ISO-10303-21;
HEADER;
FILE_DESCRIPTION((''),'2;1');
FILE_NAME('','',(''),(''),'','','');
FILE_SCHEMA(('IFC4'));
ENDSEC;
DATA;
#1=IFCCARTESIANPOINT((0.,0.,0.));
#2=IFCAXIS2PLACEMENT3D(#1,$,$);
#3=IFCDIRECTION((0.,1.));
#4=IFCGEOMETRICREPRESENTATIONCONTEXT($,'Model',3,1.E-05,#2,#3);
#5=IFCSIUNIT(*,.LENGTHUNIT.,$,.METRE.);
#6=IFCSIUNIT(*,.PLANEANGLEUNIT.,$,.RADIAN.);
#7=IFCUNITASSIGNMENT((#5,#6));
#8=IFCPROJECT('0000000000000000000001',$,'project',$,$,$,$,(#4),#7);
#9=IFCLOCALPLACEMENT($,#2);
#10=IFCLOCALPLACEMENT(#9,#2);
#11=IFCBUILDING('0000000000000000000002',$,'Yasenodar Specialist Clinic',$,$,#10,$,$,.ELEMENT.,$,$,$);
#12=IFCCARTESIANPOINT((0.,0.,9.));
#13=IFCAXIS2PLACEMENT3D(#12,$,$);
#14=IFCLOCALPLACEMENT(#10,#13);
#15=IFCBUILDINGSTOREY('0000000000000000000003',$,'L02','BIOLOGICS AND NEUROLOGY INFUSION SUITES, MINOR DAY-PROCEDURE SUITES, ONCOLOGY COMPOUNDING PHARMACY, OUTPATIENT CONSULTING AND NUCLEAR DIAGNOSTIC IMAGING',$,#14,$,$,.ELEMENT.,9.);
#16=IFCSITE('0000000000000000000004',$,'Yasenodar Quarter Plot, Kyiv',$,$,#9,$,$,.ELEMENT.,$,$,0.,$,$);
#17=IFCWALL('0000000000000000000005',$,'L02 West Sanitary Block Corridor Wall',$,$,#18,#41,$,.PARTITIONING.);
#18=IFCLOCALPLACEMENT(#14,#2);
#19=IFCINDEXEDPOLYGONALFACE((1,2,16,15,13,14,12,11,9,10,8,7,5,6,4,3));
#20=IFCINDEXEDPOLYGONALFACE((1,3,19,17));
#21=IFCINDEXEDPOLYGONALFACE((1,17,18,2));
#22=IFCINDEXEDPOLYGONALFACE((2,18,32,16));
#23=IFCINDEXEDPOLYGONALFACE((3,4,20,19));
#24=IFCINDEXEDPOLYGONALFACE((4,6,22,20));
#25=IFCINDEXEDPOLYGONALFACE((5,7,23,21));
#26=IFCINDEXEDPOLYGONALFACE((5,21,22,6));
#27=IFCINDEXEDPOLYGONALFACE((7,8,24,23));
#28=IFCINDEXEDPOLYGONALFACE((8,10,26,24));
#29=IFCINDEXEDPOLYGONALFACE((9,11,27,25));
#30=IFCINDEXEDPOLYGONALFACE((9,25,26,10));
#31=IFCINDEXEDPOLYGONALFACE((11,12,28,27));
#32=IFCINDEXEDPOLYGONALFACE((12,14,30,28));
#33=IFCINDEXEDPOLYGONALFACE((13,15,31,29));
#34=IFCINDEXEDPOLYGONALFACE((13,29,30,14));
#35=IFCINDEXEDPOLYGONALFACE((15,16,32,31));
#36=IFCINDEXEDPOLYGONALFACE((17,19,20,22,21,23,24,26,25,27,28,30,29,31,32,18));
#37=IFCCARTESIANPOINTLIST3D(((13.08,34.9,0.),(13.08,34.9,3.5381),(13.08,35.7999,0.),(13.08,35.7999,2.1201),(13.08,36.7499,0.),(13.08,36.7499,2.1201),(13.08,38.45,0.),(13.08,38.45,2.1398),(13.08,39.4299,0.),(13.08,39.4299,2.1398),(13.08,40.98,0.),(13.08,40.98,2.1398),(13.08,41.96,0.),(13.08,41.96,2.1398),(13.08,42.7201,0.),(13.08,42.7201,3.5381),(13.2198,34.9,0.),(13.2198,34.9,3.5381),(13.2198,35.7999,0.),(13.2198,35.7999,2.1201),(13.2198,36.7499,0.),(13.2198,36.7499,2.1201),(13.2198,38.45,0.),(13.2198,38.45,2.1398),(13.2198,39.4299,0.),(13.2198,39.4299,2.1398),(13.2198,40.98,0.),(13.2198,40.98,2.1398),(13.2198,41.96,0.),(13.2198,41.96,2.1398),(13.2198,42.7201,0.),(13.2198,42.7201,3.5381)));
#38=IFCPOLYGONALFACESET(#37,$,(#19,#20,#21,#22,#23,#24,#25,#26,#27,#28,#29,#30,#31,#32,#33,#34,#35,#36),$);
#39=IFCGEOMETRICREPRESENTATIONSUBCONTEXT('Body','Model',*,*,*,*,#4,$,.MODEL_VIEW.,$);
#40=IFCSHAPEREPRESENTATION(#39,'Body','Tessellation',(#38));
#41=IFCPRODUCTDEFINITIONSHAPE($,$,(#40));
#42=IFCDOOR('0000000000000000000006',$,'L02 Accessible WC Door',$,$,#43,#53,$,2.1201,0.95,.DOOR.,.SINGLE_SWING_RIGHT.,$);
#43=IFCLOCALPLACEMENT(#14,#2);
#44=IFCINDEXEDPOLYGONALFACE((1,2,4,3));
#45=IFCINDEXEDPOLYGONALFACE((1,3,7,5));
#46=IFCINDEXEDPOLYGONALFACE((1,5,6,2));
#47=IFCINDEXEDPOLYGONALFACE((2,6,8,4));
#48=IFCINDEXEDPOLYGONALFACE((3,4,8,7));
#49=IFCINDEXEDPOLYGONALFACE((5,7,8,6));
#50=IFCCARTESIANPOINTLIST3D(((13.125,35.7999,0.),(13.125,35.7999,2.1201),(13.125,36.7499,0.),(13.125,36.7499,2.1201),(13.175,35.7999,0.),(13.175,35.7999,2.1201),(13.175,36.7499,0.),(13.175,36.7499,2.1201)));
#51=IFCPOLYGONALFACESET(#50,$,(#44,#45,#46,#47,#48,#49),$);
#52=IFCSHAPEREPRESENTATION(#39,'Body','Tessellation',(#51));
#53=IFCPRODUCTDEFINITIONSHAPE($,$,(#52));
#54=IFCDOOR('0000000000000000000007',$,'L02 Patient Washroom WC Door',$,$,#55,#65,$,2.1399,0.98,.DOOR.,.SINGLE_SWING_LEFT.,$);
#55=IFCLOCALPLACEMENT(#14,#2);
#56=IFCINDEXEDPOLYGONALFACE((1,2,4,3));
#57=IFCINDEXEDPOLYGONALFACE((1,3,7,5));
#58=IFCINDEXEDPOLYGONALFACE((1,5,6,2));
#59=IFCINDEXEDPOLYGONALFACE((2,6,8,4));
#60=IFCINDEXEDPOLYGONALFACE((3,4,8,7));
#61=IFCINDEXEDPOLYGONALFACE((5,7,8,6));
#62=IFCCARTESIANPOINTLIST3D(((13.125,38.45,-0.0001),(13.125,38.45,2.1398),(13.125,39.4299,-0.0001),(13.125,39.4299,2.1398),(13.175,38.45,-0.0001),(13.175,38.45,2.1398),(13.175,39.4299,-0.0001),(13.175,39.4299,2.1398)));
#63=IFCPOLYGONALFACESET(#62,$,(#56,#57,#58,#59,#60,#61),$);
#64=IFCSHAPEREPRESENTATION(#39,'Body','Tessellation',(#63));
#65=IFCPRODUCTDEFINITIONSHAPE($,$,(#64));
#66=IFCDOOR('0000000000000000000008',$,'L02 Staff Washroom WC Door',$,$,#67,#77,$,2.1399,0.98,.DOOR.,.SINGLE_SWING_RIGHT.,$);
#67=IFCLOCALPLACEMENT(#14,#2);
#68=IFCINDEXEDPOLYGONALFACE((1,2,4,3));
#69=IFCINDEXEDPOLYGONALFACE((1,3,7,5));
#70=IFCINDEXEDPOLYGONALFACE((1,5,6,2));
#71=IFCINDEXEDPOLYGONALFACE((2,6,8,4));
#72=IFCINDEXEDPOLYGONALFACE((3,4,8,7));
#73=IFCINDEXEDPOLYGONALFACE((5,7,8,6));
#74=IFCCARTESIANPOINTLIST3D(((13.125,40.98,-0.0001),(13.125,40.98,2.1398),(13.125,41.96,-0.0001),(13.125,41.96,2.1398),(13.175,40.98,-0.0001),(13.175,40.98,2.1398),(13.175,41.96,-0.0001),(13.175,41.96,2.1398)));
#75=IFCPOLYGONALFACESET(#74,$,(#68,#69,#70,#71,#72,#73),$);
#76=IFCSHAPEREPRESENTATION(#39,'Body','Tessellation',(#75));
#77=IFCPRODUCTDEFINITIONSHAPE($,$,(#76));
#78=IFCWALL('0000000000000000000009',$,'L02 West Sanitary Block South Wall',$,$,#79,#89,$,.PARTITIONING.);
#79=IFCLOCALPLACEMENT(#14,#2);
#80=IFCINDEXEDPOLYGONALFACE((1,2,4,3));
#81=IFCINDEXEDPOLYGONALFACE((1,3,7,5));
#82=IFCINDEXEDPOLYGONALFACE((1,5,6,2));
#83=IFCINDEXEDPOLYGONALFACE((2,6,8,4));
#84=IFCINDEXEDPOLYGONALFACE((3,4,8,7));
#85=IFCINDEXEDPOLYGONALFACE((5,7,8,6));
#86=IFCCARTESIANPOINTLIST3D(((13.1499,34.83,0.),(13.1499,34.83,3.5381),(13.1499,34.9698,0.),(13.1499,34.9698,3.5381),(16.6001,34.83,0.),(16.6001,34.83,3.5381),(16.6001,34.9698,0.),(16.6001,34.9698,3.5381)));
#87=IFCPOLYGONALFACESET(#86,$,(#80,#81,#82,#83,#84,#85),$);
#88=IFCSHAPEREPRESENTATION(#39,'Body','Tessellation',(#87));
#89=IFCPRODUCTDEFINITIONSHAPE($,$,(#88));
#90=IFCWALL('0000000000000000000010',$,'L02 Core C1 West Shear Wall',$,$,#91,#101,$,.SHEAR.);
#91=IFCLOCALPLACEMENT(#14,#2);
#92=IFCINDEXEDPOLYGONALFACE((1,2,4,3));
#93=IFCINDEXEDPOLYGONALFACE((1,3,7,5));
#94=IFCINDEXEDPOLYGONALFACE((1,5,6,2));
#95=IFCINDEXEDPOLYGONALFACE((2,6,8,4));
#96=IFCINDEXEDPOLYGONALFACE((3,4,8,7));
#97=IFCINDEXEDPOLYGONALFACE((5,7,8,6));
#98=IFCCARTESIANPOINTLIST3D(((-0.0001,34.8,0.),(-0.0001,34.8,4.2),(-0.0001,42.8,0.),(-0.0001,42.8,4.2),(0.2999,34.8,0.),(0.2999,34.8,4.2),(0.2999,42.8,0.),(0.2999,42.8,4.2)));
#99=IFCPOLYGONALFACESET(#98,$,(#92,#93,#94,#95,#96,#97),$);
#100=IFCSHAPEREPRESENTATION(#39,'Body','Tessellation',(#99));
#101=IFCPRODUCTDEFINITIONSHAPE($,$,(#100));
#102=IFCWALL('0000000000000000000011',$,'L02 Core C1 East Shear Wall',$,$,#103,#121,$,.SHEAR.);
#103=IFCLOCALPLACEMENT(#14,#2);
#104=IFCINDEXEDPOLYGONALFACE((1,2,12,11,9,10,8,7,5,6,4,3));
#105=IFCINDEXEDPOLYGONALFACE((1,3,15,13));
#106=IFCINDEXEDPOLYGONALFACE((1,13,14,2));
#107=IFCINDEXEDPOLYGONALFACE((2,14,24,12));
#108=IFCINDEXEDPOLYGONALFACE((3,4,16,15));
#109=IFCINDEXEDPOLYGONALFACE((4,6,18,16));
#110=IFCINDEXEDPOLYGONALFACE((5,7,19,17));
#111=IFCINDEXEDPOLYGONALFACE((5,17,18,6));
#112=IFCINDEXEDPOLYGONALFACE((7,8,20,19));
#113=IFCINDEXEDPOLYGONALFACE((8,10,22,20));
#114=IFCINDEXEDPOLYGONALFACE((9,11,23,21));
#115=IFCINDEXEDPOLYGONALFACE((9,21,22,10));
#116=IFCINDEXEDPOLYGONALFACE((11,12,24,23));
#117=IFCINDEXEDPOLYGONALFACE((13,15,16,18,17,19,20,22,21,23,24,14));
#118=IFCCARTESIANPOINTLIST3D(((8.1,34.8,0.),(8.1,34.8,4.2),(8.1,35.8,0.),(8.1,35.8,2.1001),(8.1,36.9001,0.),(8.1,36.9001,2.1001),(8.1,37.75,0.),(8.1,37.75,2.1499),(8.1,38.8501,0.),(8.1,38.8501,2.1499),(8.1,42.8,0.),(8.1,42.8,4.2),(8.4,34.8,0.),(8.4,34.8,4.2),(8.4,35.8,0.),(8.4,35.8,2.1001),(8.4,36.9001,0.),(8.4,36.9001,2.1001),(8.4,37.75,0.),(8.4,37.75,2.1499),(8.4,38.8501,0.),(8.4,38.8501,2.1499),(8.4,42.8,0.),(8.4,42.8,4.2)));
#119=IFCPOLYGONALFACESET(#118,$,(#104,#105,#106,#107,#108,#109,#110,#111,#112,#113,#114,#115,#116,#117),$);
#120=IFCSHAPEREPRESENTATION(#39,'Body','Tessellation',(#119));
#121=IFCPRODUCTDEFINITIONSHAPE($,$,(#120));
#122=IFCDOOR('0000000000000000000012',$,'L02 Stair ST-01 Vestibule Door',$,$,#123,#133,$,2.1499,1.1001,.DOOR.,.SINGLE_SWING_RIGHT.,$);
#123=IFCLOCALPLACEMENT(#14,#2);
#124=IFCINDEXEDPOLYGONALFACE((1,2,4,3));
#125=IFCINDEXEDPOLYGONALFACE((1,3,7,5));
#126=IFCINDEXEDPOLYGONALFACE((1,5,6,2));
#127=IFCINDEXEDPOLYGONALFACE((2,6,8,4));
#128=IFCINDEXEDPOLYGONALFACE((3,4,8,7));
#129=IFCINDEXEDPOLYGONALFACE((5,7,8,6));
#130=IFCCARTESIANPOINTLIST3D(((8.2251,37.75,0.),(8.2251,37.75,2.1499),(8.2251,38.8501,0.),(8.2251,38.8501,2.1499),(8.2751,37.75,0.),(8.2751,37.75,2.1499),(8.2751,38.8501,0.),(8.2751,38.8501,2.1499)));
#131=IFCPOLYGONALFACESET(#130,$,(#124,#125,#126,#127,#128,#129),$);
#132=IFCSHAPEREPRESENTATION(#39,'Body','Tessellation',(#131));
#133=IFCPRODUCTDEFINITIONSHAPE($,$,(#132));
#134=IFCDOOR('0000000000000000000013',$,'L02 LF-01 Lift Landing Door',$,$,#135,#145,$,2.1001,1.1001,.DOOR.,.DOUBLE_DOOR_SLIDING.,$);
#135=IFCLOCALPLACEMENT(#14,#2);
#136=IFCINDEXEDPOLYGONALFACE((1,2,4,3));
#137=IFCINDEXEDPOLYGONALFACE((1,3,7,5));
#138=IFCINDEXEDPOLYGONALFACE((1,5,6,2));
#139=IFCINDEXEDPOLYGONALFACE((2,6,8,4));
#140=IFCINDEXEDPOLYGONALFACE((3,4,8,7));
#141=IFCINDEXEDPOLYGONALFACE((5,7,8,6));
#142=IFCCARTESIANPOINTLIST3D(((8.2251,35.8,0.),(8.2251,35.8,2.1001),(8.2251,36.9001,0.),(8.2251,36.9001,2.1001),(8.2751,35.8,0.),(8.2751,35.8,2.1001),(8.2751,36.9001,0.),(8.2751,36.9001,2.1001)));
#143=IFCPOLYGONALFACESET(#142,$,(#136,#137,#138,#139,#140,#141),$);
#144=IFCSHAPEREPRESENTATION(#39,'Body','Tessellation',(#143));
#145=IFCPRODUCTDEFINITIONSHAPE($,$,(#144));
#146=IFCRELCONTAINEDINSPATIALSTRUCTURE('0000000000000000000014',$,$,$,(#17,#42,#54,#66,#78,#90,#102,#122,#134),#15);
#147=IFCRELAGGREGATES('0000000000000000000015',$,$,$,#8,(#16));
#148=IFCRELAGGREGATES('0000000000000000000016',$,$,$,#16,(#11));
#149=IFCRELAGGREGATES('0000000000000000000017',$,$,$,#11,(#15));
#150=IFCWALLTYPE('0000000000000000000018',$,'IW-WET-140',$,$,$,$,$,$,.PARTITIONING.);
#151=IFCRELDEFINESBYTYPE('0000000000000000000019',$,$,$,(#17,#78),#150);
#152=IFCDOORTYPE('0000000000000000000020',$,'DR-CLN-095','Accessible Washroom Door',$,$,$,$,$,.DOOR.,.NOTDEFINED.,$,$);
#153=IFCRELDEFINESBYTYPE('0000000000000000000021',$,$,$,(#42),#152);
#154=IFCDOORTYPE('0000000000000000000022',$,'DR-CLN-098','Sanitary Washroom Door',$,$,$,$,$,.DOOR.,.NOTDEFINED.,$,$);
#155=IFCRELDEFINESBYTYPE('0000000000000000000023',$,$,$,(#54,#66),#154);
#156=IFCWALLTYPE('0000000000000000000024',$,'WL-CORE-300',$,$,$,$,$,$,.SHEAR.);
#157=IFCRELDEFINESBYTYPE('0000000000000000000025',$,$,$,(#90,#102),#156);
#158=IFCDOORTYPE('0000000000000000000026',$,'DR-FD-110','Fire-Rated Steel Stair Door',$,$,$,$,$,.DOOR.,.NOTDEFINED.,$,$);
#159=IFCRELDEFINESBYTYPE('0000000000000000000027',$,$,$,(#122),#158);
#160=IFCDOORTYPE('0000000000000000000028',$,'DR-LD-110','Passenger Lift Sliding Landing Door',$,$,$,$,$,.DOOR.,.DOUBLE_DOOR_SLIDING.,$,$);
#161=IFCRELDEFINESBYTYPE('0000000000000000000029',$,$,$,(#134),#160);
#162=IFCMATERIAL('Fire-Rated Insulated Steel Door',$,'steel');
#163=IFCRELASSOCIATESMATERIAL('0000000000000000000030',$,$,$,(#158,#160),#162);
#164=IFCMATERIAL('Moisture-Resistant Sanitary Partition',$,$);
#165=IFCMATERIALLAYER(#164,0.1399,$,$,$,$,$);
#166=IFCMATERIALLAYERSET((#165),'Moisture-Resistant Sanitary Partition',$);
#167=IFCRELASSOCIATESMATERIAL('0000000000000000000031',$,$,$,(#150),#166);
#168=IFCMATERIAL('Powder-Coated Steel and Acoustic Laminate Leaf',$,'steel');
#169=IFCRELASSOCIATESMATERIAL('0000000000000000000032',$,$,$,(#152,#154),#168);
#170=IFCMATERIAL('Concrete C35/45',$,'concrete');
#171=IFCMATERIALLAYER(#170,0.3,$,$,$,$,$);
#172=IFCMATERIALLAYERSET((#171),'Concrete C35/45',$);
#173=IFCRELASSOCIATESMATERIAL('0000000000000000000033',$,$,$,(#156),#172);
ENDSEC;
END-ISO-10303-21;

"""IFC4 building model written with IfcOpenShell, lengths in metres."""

from ifc_helpers import new_model, si_unit, direction, frame, frame_2d, origin, place, context, subcontext, project, spatial, rectangle, extrude, material, layer, layer_set, type_object, element, fill, save


model = new_model("IFC4")

# Units and contexts
model_context = context("Model", 3, precision=1e-05, world=origin(), true_north=direction((0.0, 1.0)))
body_context = subcontext(model_context, "Body", "Model", "MODEL_VIEW")
ifc_project = project(units=[si_unit("LENGTHUNIT", "METRE"), si_unit("PLANEANGLEUNIT", "RADIAN")], contexts=[model_context])

# Site, building, storey
site_placement = place(None, origin())
site = spatial("IfcSite", under=ifc_project, at=site_placement, Name="Yasenodar Quarter Plot, Kyiv", CompositionType="ELEMENT", RefElevation=0.0)
building_placement = place(site_placement, origin())
building = spatial("IfcBuilding", under=site, at=building_placement, Name="Yasenodar Specialist Clinic", CompositionType="ELEMENT")
storey_placement = place(building_placement, frame((0.0, 0.0, 9.0)))
storey = spatial("IfcBuildingStorey", under=building, at=storey_placement, Name="L02", Description="BIOLOGICS AND NEUROLOGY INFUSION SUITES, MINOR DAY-PROCEDURE SUITES, ONCOLOGY COMPOUNDING PHARMACY, OUTPATIENT CONSULTING AND NUCLEAR DIAGNOSTIC IMAGING", CompositionType="ELEMENT", Elevation=9.0)

# Shared definitions
ifc_material_1 = material(Name="Fire-Rated Insulated Steel Door", Category="steel")
door_type_1 = type_object("IfcDoorType", Name="DR-FD-110", Description="Fire-Rated Steel Stair Door", OperationType="NOTDEFINED", PredefinedType="DOOR", material=ifc_material_1)

# Wall, openings, doors
ifc_material_2 = material(Name="Moisture-Resistant Sanitary Partition")
ifc_layer_1 = layer(ifc_material_2, 0.1399)
ifc_layer_set_1 = layer_set([ifc_layer_1], Name="Moisture-Resistant Sanitary Partition")
wall_type_1 = type_object("IfcWallType", Name="IW-WET-140", PredefinedType="PARTITIONING", material=ifc_layer_set_1)
wall_1_placement = place(storey_placement, frame((13.1499, 34.8999, 0.0), z_axis=(0.0, 0.0, 1.0), x_axis=(0.0, 1.0, 0.0)))
wall_1 = element("IfcWall", 1, at=wall_1_placement, inside=storey, type_object=wall_type_1, Name="L02 West Sanitary Block Corridor Wall", PredefinedType="PARTITIONING", context=body_context, shape_type="SweptSolid", body=[
    extrude(rectangle(XDim=7.8201, YDim=0.1399, at=frame_2d((3.9102, 0.0))), origin(), (0.0, 0.0, 1.0), 3.5381),
])
opening_1_placement = place(wall_1_placement, frame((0.8999, 0.0, 0.0)))
opening_1 = element("IfcOpeningElement", 2, at=opening_1_placement, cuts=wall_1, PredefinedType="OPENING", context=body_context, shape_type="SweptSolid", body=[
    extrude(rectangle(XDim=0.95, YDim=2.1201, at=frame_2d((0.4751, 1.0601))), frame((0.0, 0.0801, 0.0), z_axis=(0.0, -1.0, 0.0), x_axis=(1.0, 0.0, 0.0)), (0.0, 0.0, 1.0), 0.1599),
])
opening_2_placement = place(wall_1_placement, frame((3.55, 0.0, 0.0)))
opening_2 = element("IfcOpeningElement", 3, at=opening_2_placement, cuts=wall_1, PredefinedType="OPENING", context=body_context, shape_type="SweptSolid", body=[
    extrude(rectangle(XDim=0.98, YDim=2.1399, at=frame_2d((0.49, 1.0698))), frame((0.0, 0.0801, 0.0), z_axis=(0.0, -1.0, 0.0), x_axis=(1.0, 0.0, 0.0)), (0.0, 0.0, 1.0), 0.1599),
])
opening_3_placement = place(wall_1_placement, frame((6.0801, 0.0, 0.0)))
opening_3 = element("IfcOpeningElement", 4, at=opening_3_placement, cuts=wall_1, PredefinedType="OPENING", context=body_context, shape_type="SweptSolid", body=[
    extrude(rectangle(XDim=0.98, YDim=2.1399, at=frame_2d((0.49, 1.0698))), frame((0.0, 0.0801, 0.0), z_axis=(0.0, -1.0, 0.0), x_axis=(1.0, 0.0, 0.0)), (0.0, 0.0, 1.0), 0.1599),
])
ifc_material_3 = material(Name="Powder-Coated Steel and Acoustic Laminate Leaf", Category="steel")
door_type_2 = type_object("IfcDoorType", Name="DR-CLN-095", Description="Accessible Washroom Door", OperationType="NOTDEFINED", PredefinedType="DOOR", material=ifc_material_3)
door_1_placement = place(opening_1_placement, origin())
door_1 = element("IfcDoor", 5, at=door_1_placement, inside=storey, type_object=door_type_2, Name="L02 Accessible WC Door", OperationType="SINGLE_SWING_RIGHT", OverallHeight=2.1201, OverallWidth=0.95, PredefinedType="DOOR", context=body_context, shape_type="SweptSolid", body=[
    extrude(rectangle(XDim=0.95, YDim=2.1201, at=frame_2d((0.4751, 1.0601))), frame((0.0, 0.0249, 0.0), z_axis=(0.0, -1.0, 0.0), x_axis=(1.0, 0.0, 0.0)), (0.0, 0.0, 1.0), 0.05),
])
fill(opening_1, door_1)
door_type_3 = type_object("IfcDoorType", Name="DR-CLN-098", Description="Sanitary Washroom Door", OperationType="NOTDEFINED", PredefinedType="DOOR", material=ifc_material_3)
door_2_placement = place(opening_2_placement, origin())
door_2 = element("IfcDoor", 6, at=door_2_placement, inside=storey, type_object=door_type_3, Name="L02 Patient Washroom WC Door", OperationType="SINGLE_SWING_LEFT", OverallHeight=2.1399, OverallWidth=0.98, PredefinedType="DOOR", context=body_context, shape_type="SweptSolid", body=[
    extrude(rectangle(XDim=0.98, YDim=2.1399, at=frame_2d((0.49, 1.0698))), frame((0.0, 0.0249, 0.0), z_axis=(0.0, -1.0, 0.0), x_axis=(1.0, 0.0, 0.0)), (0.0, 0.0, 1.0), 0.05),
])
fill(opening_2, door_2)
door_3_placement = place(opening_3_placement, origin())
door_3 = element("IfcDoor", 7, at=door_3_placement, inside=storey, type_object=door_type_3, Name="L02 Staff Washroom WC Door", OperationType="SINGLE_SWING_RIGHT", OverallHeight=2.1399, OverallWidth=0.98, PredefinedType="DOOR", context=body_context, shape_type="SweptSolid", body=[
    extrude(rectangle(XDim=0.98, YDim=2.1399, at=frame_2d((0.49, 1.0698))), frame((0.0, 0.0249, 0.0), z_axis=(0.0, -1.0, 0.0), x_axis=(1.0, 0.0, 0.0)), (0.0, 0.0, 1.0), 0.05),
])
fill(opening_3, door_3)

# Walls
wall_2_placement = place(storey_placement, frame((13.1499, 34.8999, 0.0), z_axis=(0.0, 0.0, 1.0), x_axis=(1.0, 0.0, 0.0)))
element("IfcWall", 8, at=wall_2_placement, inside=storey, type_object=wall_type_1, Name="L02 West Sanitary Block South Wall", PredefinedType="PARTITIONING", context=body_context, shape_type="SweptSolid", body=[
    extrude(rectangle(XDim=3.4502, YDim=0.1399, at=frame_2d((1.7251, 0.0))), origin(), (0.0, 0.0, 1.0), 3.5381),
])
ifc_material_4 = material(Name="Concrete C35/45", Category="concrete")
ifc_layer_2 = layer(ifc_material_4, 0.3)
ifc_layer_set_2 = layer_set([ifc_layer_2], Name="Concrete C35/45")
wall_type_2 = type_object("IfcWallType", Name="WL-CORE-300", PredefinedType="SHEAR", material=ifc_layer_set_2)
wall_3_placement = place(storey_placement, frame((0.1499, 34.8, 0.0), z_axis=(0.0, 0.0, 1.0), x_axis=(0.0, 1.0, 0.0)))
element("IfcWall", 9, at=wall_3_placement, inside=storey, type_object=wall_type_2, Name="L02 Core C1 West Shear Wall", PredefinedType="SHEAR", context=body_context, shape_type="SweptSolid", body=[
    extrude(rectangle(XDim=8.0, YDim=0.3, at=frame_2d((4.0, 0.0))), origin(), (0.0, 0.0, 1.0), 4.2),
])

# Wall, openings, doors
wall_4_placement = place(storey_placement, frame((8.25, 34.8, 0.0), z_axis=(0.0, 0.0, 1.0), x_axis=(0.0, 1.0, 0.0)))
wall_4 = element("IfcWall", 10, at=wall_4_placement, inside=storey, type_object=wall_type_2, Name="L02 Core C1 East Shear Wall", PredefinedType="SHEAR", context=body_context, shape_type="SweptSolid", body=[
    extrude(rectangle(XDim=8.0, YDim=0.3, at=frame_2d((4.0, 0.0))), origin(), (0.0, 0.0, 1.0), 4.2),
])
opening_4_placement = place(wall_4_placement, frame((2.95, 0.0, 0.0)))
opening_4 = element("IfcOpeningElement", 11, at=opening_4_placement, cuts=wall_4, PredefinedType="OPENING", context=body_context, shape_type="SweptSolid", body=[
    extrude(rectangle(XDim=1.1001, YDim=2.1499, at=frame_2d((0.55, 1.075))), frame((0.0, 0.1602, 0.0), z_axis=(0.0, -1.0, 0.0), x_axis=(1.0, 0.0, 0.0)), (0.0, 0.0, 1.0), 0.3201),
])
opening_5_placement = place(wall_4_placement, frame((1.0, 0.0, 0.0)))
opening_5 = element("IfcOpeningElement", 12, at=opening_5_placement, cuts=wall_4, PredefinedType="OPENING", context=body_context, shape_type="SweptSolid", body=[
    extrude(rectangle(XDim=1.1001, YDim=2.1001, at=frame_2d((0.55, 1.05))), frame((0.0, 0.1602, 0.0), z_axis=(0.0, -1.0, 0.0), x_axis=(1.0, 0.0, 0.0)), (0.0, 0.0, 1.0), 0.3201),
])
door_4_placement = place(opening_4_placement, origin())
door_4 = element("IfcDoor", 13, at=door_4_placement, inside=storey, type_object=door_type_1, Name="L02 Stair ST-01 Vestibule Door", OperationType="SINGLE_SWING_RIGHT", OverallHeight=2.1499, OverallWidth=1.1001, PredefinedType="DOOR", context=body_context, shape_type="SweptSolid", body=[
    extrude(rectangle(XDim=1.1001, YDim=2.1499, at=frame_2d((0.55, 1.075))), frame((0.0, 0.0249, 0.0), z_axis=(0.0, -1.0, 0.0), x_axis=(1.0, 0.0, 0.0)), (0.0, 0.0, 1.0), 0.05),
])
fill(opening_4, door_4)
door_type_4 = type_object("IfcDoorType", Name="DR-LD-110", Description="Passenger Lift Sliding Landing Door", OperationType="DOUBLE_DOOR_SLIDING", PredefinedType="DOOR", material=ifc_material_1)
door_5_placement = place(opening_5_placement, origin())
door_5 = element("IfcDoor", 14, at=door_5_placement, inside=storey, type_object=door_type_4, Name="L02 LF-01 Lift Landing Door", OperationType="DOUBLE_DOOR_SLIDING", OverallHeight=2.1001, OverallWidth=1.1001, PredefinedType="DOOR", context=body_context, shape_type="SweptSolid", body=[
    extrude(rectangle(XDim=1.1001, YDim=2.1001, at=frame_2d((0.55, 1.05))), frame((0.0, 0.0249, 0.0), z_axis=(0.0, -1.0, 0.0), x_axis=(1.0, 0.0, 0.0)), (0.0, 0.0, 1.0), 0.05),
])
fill(opening_5, door_5)

save(model, "model.ifc")
